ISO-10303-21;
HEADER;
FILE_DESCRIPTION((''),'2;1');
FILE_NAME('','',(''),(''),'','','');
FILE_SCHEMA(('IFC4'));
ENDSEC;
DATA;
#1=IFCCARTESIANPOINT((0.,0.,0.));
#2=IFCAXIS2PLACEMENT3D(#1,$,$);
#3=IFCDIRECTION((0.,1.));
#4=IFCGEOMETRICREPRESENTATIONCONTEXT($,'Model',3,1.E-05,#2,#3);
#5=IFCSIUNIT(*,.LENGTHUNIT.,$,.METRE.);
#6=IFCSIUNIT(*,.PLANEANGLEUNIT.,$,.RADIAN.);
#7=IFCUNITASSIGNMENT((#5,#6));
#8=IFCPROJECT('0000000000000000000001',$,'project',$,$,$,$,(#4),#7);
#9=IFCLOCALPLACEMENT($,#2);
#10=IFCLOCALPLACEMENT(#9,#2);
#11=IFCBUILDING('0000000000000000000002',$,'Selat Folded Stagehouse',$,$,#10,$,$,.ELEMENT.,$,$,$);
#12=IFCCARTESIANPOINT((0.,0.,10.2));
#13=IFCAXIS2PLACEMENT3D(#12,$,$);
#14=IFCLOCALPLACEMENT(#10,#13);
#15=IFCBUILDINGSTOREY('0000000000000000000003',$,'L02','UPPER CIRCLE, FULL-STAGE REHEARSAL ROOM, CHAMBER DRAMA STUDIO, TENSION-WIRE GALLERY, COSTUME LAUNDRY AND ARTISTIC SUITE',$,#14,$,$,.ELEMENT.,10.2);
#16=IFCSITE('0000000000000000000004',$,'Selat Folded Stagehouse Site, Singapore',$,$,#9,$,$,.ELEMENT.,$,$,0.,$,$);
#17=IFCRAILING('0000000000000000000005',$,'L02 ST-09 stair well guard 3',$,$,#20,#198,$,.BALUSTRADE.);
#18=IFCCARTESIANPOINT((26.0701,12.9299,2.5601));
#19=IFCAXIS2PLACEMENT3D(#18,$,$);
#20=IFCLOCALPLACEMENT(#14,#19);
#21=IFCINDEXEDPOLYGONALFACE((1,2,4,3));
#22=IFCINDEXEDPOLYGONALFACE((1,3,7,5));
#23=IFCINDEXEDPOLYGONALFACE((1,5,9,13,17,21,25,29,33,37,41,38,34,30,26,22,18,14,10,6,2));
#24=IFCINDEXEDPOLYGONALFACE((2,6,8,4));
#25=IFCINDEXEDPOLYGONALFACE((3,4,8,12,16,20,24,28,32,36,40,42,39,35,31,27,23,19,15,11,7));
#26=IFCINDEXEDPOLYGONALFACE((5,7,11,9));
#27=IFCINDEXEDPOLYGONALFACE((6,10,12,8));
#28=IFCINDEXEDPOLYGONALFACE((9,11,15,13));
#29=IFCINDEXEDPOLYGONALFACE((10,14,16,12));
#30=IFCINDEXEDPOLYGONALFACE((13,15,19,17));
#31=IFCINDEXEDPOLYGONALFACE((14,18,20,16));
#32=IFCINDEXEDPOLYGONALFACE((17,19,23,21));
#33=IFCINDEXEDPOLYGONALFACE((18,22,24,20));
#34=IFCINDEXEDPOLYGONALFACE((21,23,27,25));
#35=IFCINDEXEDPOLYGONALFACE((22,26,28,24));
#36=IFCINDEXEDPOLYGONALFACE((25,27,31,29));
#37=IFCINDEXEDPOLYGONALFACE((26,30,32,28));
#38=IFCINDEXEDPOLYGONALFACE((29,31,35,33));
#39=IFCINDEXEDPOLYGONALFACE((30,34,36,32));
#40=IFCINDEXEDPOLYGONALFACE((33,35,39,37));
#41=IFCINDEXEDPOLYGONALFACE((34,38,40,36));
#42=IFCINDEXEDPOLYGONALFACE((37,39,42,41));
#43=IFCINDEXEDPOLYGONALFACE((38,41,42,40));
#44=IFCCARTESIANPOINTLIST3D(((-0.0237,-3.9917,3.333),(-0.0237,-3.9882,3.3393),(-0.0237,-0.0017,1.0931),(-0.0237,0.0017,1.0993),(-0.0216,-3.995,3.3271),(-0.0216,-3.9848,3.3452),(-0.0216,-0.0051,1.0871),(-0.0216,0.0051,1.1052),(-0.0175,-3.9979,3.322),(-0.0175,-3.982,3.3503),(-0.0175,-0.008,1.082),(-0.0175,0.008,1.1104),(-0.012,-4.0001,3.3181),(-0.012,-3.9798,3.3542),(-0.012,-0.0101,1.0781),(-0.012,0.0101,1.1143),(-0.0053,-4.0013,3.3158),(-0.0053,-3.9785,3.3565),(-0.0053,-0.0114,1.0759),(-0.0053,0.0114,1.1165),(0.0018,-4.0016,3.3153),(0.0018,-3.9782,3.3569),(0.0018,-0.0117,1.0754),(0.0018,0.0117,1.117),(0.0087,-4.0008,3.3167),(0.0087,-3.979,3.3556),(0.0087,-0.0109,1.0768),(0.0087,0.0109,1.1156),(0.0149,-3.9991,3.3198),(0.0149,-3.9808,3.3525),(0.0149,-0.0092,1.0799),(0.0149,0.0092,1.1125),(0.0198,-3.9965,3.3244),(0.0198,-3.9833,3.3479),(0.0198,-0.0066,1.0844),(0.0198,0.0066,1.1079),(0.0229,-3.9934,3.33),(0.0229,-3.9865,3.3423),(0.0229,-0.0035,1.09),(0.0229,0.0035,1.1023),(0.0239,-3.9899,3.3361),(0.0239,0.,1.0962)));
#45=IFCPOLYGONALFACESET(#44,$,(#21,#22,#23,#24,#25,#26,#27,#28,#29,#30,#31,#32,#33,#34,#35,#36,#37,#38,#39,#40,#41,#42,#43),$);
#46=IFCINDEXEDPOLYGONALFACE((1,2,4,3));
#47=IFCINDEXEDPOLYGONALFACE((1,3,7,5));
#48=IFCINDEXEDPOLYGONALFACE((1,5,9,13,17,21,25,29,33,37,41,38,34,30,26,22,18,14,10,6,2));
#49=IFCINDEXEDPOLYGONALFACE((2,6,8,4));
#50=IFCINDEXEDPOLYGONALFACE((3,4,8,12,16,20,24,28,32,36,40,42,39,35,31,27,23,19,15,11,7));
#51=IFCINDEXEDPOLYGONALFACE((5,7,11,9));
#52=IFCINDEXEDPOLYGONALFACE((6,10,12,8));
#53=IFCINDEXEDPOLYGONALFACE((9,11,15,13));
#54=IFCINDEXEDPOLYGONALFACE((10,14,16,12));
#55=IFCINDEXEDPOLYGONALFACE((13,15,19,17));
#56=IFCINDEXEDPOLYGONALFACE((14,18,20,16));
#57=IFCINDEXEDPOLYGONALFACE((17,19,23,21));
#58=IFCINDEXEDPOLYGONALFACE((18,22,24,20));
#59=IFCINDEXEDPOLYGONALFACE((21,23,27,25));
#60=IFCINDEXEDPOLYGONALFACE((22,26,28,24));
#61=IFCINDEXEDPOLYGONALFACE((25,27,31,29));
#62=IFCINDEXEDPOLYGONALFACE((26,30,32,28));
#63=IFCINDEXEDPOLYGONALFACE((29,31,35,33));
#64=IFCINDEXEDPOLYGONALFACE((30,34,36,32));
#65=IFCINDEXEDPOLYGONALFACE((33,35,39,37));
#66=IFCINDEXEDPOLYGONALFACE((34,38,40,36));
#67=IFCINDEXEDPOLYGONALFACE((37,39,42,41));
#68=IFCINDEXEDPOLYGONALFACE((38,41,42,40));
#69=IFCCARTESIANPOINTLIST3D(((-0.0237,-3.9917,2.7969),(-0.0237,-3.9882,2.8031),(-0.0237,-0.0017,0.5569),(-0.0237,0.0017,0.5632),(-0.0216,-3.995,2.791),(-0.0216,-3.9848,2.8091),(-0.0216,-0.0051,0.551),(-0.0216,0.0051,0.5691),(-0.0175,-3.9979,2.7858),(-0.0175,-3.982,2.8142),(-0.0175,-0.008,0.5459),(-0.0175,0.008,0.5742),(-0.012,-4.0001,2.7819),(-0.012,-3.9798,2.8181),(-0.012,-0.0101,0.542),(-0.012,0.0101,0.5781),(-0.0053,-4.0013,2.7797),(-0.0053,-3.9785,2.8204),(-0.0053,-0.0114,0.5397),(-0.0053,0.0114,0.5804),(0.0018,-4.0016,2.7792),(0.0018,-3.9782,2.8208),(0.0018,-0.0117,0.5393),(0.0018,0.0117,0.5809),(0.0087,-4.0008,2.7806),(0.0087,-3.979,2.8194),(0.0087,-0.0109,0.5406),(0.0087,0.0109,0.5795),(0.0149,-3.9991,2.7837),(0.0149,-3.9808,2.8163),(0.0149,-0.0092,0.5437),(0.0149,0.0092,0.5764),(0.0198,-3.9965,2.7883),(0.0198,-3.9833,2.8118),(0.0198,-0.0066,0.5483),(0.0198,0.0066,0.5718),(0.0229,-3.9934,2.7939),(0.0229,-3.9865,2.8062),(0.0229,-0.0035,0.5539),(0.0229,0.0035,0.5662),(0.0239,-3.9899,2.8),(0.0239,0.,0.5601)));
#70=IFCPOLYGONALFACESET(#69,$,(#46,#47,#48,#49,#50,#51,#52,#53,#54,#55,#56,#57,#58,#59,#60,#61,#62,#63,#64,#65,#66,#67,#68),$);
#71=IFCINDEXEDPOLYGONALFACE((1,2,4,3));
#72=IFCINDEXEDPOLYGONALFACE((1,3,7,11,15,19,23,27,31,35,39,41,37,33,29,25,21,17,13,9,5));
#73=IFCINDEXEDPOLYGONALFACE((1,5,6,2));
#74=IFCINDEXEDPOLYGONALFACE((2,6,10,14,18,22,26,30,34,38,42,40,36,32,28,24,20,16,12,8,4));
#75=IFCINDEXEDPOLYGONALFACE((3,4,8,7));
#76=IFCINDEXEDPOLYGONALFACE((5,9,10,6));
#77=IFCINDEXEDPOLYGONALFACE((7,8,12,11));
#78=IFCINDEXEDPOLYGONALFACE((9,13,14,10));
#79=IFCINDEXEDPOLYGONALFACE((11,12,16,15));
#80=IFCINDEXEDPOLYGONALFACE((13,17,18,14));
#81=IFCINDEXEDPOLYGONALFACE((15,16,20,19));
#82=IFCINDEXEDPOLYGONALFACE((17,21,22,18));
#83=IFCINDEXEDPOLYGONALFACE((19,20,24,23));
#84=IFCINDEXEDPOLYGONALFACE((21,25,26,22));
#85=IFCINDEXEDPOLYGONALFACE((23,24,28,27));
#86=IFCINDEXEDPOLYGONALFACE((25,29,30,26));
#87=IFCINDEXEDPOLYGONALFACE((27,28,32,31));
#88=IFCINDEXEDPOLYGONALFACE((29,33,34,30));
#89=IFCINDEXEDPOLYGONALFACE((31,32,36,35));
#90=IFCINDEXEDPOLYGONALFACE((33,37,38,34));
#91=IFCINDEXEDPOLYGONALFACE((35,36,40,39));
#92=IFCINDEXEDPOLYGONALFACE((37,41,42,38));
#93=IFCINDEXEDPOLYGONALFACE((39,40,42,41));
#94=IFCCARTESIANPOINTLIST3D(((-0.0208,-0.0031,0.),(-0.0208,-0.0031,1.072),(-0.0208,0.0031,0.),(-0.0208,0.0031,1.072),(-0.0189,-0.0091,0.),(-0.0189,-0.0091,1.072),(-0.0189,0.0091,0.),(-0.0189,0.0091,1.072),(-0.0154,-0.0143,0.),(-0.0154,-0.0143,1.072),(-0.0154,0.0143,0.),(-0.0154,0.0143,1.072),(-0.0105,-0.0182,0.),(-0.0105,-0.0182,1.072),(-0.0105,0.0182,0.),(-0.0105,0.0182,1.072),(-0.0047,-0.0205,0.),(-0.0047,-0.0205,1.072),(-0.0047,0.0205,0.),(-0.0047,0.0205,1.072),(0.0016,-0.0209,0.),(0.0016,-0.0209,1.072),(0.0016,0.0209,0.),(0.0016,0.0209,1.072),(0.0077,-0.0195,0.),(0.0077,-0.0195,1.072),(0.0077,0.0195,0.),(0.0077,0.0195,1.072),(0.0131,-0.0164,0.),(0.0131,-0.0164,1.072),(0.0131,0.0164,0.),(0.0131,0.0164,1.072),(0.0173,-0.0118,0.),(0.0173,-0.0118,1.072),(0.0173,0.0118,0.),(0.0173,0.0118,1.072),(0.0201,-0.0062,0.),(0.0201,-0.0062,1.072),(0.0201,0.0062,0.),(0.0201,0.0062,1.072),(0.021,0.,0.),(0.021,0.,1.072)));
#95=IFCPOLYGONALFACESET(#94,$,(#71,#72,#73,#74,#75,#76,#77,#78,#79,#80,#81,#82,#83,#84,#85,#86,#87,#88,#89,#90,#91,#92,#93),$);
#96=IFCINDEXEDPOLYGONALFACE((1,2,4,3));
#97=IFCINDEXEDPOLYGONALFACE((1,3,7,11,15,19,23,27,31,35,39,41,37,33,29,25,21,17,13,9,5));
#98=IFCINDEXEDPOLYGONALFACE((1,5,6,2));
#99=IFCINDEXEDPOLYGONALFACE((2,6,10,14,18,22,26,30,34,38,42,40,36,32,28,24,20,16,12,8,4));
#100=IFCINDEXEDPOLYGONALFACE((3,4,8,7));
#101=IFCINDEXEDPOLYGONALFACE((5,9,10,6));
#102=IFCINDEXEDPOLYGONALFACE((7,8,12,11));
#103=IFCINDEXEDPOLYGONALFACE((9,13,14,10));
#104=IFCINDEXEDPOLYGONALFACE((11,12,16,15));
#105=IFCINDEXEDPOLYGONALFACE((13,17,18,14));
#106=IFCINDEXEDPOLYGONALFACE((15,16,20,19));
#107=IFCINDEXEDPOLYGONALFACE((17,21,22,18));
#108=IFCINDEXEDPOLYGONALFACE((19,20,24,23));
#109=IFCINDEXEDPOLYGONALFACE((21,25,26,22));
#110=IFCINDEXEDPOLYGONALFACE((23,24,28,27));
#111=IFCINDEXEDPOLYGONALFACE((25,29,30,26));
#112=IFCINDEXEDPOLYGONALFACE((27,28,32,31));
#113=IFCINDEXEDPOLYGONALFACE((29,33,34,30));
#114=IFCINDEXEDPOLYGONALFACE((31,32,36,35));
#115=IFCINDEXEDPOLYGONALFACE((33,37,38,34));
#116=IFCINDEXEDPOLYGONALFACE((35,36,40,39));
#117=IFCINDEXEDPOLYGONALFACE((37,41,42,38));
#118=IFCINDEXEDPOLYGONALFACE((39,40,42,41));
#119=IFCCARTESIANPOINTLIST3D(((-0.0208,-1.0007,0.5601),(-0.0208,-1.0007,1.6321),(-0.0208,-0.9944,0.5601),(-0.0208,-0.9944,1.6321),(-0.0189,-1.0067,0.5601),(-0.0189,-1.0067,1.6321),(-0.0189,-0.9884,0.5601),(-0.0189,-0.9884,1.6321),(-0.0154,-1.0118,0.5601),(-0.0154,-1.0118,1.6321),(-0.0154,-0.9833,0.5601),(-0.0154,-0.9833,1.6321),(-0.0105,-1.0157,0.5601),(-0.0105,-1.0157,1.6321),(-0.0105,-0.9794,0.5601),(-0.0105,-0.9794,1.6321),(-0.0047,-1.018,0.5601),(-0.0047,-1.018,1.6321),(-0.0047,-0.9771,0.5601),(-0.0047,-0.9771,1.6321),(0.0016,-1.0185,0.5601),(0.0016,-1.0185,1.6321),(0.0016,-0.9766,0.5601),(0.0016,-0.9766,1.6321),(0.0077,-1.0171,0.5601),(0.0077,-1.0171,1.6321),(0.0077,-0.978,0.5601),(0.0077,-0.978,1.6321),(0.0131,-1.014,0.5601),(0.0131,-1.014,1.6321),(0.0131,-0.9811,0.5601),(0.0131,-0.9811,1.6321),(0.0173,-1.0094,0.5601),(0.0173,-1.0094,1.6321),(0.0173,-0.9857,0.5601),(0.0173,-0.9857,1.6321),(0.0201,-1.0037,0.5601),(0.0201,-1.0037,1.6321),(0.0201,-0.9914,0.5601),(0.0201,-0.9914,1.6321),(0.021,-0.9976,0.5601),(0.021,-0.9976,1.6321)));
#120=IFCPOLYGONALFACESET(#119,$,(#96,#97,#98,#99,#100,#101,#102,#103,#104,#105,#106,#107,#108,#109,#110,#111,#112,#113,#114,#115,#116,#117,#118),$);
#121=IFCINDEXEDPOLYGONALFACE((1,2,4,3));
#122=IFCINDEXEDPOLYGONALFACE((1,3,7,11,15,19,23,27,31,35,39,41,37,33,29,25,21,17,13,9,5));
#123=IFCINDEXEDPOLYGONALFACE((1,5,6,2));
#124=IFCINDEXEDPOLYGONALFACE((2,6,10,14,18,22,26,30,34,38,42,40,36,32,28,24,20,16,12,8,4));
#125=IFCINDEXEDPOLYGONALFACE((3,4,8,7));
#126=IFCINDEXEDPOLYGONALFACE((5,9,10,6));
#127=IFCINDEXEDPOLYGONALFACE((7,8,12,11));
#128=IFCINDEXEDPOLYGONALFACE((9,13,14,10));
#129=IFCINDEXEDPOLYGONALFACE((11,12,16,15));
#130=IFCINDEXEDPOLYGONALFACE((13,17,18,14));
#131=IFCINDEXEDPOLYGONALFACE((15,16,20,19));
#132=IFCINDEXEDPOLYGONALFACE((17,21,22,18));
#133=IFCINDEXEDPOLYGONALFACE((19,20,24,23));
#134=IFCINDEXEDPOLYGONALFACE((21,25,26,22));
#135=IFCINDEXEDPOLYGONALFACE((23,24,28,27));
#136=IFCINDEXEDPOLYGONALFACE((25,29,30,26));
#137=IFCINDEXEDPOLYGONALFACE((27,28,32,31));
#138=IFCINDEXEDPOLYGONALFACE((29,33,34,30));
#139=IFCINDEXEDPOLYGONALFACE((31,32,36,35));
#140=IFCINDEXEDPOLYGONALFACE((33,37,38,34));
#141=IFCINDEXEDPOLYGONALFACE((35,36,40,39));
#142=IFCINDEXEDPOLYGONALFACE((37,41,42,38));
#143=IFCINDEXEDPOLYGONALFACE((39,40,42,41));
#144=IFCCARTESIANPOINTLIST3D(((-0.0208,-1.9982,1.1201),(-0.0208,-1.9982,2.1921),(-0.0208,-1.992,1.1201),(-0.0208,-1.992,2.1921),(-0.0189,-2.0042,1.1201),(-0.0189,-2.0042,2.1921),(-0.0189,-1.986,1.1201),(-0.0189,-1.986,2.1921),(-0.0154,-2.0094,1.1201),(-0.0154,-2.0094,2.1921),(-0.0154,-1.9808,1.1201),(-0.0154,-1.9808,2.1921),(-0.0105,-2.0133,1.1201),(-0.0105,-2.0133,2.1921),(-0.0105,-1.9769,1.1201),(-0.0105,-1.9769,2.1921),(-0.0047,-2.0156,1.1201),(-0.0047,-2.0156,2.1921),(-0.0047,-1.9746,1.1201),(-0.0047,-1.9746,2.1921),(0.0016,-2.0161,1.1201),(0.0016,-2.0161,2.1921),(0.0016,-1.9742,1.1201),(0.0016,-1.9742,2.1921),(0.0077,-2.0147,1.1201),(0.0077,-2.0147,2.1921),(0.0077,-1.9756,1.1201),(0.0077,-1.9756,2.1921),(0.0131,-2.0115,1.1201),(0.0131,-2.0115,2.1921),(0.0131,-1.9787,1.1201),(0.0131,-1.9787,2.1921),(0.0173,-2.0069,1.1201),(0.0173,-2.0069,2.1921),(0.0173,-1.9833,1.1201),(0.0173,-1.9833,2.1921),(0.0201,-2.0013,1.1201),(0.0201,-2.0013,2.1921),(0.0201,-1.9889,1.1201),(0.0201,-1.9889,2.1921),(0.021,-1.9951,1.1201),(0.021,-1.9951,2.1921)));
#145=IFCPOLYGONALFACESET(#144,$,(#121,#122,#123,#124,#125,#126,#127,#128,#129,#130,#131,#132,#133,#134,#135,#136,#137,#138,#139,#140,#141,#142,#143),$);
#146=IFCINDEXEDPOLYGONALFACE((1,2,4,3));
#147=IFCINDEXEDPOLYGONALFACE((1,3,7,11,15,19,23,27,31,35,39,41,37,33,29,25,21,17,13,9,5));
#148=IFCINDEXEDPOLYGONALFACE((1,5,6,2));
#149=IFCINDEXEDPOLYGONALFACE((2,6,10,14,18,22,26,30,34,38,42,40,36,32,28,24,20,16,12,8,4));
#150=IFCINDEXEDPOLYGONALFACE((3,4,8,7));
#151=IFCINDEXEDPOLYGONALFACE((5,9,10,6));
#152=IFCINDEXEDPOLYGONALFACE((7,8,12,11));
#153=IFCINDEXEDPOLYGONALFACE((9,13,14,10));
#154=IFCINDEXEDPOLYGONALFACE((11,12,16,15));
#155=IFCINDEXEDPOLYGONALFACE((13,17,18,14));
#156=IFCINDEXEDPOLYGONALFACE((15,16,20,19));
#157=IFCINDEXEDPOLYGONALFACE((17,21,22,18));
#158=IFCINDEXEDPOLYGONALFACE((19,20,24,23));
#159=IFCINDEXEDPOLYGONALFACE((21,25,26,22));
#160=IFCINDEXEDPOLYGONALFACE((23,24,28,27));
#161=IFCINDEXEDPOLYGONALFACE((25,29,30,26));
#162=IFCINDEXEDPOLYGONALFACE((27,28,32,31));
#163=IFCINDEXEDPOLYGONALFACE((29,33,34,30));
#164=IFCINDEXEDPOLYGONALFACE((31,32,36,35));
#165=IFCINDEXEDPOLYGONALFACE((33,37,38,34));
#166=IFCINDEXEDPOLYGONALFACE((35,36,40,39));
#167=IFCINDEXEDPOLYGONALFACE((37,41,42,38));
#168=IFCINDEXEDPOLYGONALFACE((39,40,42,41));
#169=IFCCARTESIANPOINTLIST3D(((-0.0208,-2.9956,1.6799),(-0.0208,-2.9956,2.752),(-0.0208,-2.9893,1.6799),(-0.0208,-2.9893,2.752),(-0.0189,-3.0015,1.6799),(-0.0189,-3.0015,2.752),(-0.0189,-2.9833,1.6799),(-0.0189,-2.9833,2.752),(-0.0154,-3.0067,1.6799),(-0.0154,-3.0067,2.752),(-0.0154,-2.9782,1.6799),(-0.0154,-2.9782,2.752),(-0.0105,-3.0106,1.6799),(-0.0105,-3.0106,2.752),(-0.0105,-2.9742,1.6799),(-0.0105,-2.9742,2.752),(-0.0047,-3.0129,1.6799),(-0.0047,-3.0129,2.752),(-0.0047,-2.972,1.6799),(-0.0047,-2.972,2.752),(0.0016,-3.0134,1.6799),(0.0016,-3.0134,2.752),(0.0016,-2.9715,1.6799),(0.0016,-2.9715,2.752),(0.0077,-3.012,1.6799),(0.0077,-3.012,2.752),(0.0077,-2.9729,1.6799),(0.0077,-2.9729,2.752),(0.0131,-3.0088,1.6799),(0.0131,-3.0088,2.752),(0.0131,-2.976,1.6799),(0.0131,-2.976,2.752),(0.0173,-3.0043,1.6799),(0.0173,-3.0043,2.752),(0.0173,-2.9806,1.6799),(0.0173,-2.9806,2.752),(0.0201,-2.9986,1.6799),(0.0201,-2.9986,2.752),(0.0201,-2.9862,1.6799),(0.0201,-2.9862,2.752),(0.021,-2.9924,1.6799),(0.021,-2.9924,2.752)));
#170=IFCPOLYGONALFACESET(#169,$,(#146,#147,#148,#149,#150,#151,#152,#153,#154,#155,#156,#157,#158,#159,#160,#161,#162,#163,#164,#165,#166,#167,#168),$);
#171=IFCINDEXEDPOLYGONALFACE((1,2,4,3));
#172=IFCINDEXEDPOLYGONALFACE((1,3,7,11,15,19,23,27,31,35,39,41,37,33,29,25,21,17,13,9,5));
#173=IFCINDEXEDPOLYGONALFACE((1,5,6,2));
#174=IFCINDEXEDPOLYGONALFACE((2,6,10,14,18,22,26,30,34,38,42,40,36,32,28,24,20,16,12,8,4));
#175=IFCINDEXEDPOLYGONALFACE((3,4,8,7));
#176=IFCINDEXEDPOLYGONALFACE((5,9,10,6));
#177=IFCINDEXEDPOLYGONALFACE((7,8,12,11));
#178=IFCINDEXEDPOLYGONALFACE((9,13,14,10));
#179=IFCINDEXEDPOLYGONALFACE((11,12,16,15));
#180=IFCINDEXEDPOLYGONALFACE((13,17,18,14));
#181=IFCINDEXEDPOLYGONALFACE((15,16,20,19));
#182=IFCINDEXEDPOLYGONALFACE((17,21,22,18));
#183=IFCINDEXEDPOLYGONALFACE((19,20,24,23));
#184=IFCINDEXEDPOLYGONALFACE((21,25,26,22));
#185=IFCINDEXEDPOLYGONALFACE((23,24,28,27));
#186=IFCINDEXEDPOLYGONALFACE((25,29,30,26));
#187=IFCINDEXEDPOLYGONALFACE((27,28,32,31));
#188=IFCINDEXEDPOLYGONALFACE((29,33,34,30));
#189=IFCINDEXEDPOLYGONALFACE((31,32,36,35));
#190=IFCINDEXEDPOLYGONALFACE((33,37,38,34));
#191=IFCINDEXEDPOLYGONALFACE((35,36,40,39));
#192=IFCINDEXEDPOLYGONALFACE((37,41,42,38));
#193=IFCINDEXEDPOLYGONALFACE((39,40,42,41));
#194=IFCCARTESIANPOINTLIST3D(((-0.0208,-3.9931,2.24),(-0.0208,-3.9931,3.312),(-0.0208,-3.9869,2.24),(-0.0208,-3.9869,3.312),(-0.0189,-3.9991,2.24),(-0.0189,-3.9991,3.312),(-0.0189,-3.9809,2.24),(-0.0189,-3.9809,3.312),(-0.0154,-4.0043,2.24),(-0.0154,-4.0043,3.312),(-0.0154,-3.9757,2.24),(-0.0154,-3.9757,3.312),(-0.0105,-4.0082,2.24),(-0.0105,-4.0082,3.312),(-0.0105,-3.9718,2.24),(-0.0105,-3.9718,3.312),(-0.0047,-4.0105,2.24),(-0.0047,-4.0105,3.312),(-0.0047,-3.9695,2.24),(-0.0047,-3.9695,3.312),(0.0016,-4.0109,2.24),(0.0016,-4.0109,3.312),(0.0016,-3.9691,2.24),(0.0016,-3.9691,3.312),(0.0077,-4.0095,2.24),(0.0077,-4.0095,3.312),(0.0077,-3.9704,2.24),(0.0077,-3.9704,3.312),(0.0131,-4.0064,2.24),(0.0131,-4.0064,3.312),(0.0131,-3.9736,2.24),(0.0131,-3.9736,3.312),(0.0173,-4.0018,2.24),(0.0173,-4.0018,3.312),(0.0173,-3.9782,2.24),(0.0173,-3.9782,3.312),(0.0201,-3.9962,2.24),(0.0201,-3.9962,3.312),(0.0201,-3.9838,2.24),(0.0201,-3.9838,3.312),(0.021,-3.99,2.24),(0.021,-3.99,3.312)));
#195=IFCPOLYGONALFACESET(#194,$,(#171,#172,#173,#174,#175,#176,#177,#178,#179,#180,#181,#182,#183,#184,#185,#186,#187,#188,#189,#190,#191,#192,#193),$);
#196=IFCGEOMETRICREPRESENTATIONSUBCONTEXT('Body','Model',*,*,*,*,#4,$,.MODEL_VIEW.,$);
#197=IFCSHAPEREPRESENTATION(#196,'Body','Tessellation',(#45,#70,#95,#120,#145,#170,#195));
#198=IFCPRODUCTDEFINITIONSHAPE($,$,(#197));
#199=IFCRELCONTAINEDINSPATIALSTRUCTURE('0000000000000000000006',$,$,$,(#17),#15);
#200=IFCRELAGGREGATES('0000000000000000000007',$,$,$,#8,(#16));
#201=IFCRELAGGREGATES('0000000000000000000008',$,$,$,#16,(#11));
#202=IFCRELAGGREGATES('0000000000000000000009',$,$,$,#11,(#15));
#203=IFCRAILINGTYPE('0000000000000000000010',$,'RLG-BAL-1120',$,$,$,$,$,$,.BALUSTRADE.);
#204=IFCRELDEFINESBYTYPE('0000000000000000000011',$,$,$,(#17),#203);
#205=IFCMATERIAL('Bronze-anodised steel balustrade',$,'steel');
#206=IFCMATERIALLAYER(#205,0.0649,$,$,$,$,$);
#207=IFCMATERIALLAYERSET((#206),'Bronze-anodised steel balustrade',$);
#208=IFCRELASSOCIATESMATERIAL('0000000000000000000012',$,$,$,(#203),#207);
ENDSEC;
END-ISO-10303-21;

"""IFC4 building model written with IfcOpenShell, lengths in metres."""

from ifc_helpers import new_model, si_unit, direction, frame, origin, origin_2d, place, context, subcontext, project, spatial, circle, extrude, material, layer, layer_set, type_object, element, save


model = new_model("IFC4")

# Units and contexts
model_context = context("Model", 3, precision=1e-05, world=origin(), true_north=direction((0.0, 1.0)))
body_context = subcontext(model_context, "Body", "Model", "MODEL_VIEW")
ifc_project = project(units=[si_unit("LENGTHUNIT", "METRE"), si_unit("PLANEANGLEUNIT", "RADIAN")], contexts=[model_context])

# Site, building, storey
site_placement = place(None, origin())
site = spatial("IfcSite", under=ifc_project, at=site_placement, Name="Selat Folded Stagehouse Site, Singapore", CompositionType="ELEMENT", RefElevation=0.0)
building_placement = place(site_placement, origin())
building = spatial("IfcBuilding", under=site, at=building_placement, Name="Selat Folded Stagehouse", CompositionType="ELEMENT")
storey_placement = place(building_placement, frame((0.0, 0.0, 10.2)))
storey = spatial("IfcBuildingStorey", under=building, at=storey_placement, Name="L02", Description="UPPER CIRCLE, FULL-STAGE REHEARSAL ROOM, CHAMBER DRAMA STUDIO, TENSION-WIRE GALLERY, COSTUME LAUNDRY AND ARTISTIC SUITE", CompositionType="ELEMENT", Elevation=10.2)

# Railing
ifc_material_1 = material(Name="Bronze-anodised steel balustrade", Category="steel")
ifc_layer_1 = layer(ifc_material_1, 0.0649)
ifc_layer_set_1 = layer_set([ifc_layer_1], Name="Bronze-anodised steel balustrade")
railing_type_1 = type_object("IfcRailingType", Name="RLG-BAL-1120", PredefinedType="BALUSTRADE", material=ifc_layer_set_1)
railing_1_placement = place(storey_placement, frame((26.0701, 12.9299, 2.5601)))
element("IfcRailing", 1, at=railing_1_placement, inside=storey, type_object=railing_type_1, Name="L02 ST-09 stair well guard 3", PredefinedType="BALUSTRADE", context=body_context, shape_type="SweptSolid", body=[
    extrude(circle(Radius=0.0239, at=origin_2d()), frame((0.0, 0.0, 1.0962), z_axis=(0.0, -0.871984, 0.489534), x_axis=(1.0, 0.0, 0.0)), (0.0, 0.0, 1.0), 4.5757),
    extrude(circle(Radius=0.0239, at=origin_2d()), frame((0.0, 0.0, 0.5601), z_axis=(0.0, -0.871984, 0.489534), x_axis=(1.0, 0.0, 0.0)), (0.0, 0.0, 1.0), 4.5757),
    extrude(circle(Radius=0.021, at=origin_2d()), origin(), (0.0, 0.0, 1.0), 1.072),
    extrude(circle(Radius=0.021, at=origin_2d()), frame((0.0, -0.9976, 0.5601)), (0.0, 0.0, 1.0), 1.072),
    extrude(circle(Radius=0.021, at=origin_2d()), frame((0.0, -1.9951, 1.1201)), (0.0, 0.0, 1.0), 1.072),
    extrude(circle(Radius=0.021, at=origin_2d()), frame((0.0, -2.9924, 1.6799)), (0.0, 0.0, 1.0), 1.072),
    extrude(circle(Radius=0.021, at=origin_2d()), frame((0.0, -3.99, 2.24)), (0.0, 0.0, 1.0), 1.072),
])

save(model, "model.ifc")
